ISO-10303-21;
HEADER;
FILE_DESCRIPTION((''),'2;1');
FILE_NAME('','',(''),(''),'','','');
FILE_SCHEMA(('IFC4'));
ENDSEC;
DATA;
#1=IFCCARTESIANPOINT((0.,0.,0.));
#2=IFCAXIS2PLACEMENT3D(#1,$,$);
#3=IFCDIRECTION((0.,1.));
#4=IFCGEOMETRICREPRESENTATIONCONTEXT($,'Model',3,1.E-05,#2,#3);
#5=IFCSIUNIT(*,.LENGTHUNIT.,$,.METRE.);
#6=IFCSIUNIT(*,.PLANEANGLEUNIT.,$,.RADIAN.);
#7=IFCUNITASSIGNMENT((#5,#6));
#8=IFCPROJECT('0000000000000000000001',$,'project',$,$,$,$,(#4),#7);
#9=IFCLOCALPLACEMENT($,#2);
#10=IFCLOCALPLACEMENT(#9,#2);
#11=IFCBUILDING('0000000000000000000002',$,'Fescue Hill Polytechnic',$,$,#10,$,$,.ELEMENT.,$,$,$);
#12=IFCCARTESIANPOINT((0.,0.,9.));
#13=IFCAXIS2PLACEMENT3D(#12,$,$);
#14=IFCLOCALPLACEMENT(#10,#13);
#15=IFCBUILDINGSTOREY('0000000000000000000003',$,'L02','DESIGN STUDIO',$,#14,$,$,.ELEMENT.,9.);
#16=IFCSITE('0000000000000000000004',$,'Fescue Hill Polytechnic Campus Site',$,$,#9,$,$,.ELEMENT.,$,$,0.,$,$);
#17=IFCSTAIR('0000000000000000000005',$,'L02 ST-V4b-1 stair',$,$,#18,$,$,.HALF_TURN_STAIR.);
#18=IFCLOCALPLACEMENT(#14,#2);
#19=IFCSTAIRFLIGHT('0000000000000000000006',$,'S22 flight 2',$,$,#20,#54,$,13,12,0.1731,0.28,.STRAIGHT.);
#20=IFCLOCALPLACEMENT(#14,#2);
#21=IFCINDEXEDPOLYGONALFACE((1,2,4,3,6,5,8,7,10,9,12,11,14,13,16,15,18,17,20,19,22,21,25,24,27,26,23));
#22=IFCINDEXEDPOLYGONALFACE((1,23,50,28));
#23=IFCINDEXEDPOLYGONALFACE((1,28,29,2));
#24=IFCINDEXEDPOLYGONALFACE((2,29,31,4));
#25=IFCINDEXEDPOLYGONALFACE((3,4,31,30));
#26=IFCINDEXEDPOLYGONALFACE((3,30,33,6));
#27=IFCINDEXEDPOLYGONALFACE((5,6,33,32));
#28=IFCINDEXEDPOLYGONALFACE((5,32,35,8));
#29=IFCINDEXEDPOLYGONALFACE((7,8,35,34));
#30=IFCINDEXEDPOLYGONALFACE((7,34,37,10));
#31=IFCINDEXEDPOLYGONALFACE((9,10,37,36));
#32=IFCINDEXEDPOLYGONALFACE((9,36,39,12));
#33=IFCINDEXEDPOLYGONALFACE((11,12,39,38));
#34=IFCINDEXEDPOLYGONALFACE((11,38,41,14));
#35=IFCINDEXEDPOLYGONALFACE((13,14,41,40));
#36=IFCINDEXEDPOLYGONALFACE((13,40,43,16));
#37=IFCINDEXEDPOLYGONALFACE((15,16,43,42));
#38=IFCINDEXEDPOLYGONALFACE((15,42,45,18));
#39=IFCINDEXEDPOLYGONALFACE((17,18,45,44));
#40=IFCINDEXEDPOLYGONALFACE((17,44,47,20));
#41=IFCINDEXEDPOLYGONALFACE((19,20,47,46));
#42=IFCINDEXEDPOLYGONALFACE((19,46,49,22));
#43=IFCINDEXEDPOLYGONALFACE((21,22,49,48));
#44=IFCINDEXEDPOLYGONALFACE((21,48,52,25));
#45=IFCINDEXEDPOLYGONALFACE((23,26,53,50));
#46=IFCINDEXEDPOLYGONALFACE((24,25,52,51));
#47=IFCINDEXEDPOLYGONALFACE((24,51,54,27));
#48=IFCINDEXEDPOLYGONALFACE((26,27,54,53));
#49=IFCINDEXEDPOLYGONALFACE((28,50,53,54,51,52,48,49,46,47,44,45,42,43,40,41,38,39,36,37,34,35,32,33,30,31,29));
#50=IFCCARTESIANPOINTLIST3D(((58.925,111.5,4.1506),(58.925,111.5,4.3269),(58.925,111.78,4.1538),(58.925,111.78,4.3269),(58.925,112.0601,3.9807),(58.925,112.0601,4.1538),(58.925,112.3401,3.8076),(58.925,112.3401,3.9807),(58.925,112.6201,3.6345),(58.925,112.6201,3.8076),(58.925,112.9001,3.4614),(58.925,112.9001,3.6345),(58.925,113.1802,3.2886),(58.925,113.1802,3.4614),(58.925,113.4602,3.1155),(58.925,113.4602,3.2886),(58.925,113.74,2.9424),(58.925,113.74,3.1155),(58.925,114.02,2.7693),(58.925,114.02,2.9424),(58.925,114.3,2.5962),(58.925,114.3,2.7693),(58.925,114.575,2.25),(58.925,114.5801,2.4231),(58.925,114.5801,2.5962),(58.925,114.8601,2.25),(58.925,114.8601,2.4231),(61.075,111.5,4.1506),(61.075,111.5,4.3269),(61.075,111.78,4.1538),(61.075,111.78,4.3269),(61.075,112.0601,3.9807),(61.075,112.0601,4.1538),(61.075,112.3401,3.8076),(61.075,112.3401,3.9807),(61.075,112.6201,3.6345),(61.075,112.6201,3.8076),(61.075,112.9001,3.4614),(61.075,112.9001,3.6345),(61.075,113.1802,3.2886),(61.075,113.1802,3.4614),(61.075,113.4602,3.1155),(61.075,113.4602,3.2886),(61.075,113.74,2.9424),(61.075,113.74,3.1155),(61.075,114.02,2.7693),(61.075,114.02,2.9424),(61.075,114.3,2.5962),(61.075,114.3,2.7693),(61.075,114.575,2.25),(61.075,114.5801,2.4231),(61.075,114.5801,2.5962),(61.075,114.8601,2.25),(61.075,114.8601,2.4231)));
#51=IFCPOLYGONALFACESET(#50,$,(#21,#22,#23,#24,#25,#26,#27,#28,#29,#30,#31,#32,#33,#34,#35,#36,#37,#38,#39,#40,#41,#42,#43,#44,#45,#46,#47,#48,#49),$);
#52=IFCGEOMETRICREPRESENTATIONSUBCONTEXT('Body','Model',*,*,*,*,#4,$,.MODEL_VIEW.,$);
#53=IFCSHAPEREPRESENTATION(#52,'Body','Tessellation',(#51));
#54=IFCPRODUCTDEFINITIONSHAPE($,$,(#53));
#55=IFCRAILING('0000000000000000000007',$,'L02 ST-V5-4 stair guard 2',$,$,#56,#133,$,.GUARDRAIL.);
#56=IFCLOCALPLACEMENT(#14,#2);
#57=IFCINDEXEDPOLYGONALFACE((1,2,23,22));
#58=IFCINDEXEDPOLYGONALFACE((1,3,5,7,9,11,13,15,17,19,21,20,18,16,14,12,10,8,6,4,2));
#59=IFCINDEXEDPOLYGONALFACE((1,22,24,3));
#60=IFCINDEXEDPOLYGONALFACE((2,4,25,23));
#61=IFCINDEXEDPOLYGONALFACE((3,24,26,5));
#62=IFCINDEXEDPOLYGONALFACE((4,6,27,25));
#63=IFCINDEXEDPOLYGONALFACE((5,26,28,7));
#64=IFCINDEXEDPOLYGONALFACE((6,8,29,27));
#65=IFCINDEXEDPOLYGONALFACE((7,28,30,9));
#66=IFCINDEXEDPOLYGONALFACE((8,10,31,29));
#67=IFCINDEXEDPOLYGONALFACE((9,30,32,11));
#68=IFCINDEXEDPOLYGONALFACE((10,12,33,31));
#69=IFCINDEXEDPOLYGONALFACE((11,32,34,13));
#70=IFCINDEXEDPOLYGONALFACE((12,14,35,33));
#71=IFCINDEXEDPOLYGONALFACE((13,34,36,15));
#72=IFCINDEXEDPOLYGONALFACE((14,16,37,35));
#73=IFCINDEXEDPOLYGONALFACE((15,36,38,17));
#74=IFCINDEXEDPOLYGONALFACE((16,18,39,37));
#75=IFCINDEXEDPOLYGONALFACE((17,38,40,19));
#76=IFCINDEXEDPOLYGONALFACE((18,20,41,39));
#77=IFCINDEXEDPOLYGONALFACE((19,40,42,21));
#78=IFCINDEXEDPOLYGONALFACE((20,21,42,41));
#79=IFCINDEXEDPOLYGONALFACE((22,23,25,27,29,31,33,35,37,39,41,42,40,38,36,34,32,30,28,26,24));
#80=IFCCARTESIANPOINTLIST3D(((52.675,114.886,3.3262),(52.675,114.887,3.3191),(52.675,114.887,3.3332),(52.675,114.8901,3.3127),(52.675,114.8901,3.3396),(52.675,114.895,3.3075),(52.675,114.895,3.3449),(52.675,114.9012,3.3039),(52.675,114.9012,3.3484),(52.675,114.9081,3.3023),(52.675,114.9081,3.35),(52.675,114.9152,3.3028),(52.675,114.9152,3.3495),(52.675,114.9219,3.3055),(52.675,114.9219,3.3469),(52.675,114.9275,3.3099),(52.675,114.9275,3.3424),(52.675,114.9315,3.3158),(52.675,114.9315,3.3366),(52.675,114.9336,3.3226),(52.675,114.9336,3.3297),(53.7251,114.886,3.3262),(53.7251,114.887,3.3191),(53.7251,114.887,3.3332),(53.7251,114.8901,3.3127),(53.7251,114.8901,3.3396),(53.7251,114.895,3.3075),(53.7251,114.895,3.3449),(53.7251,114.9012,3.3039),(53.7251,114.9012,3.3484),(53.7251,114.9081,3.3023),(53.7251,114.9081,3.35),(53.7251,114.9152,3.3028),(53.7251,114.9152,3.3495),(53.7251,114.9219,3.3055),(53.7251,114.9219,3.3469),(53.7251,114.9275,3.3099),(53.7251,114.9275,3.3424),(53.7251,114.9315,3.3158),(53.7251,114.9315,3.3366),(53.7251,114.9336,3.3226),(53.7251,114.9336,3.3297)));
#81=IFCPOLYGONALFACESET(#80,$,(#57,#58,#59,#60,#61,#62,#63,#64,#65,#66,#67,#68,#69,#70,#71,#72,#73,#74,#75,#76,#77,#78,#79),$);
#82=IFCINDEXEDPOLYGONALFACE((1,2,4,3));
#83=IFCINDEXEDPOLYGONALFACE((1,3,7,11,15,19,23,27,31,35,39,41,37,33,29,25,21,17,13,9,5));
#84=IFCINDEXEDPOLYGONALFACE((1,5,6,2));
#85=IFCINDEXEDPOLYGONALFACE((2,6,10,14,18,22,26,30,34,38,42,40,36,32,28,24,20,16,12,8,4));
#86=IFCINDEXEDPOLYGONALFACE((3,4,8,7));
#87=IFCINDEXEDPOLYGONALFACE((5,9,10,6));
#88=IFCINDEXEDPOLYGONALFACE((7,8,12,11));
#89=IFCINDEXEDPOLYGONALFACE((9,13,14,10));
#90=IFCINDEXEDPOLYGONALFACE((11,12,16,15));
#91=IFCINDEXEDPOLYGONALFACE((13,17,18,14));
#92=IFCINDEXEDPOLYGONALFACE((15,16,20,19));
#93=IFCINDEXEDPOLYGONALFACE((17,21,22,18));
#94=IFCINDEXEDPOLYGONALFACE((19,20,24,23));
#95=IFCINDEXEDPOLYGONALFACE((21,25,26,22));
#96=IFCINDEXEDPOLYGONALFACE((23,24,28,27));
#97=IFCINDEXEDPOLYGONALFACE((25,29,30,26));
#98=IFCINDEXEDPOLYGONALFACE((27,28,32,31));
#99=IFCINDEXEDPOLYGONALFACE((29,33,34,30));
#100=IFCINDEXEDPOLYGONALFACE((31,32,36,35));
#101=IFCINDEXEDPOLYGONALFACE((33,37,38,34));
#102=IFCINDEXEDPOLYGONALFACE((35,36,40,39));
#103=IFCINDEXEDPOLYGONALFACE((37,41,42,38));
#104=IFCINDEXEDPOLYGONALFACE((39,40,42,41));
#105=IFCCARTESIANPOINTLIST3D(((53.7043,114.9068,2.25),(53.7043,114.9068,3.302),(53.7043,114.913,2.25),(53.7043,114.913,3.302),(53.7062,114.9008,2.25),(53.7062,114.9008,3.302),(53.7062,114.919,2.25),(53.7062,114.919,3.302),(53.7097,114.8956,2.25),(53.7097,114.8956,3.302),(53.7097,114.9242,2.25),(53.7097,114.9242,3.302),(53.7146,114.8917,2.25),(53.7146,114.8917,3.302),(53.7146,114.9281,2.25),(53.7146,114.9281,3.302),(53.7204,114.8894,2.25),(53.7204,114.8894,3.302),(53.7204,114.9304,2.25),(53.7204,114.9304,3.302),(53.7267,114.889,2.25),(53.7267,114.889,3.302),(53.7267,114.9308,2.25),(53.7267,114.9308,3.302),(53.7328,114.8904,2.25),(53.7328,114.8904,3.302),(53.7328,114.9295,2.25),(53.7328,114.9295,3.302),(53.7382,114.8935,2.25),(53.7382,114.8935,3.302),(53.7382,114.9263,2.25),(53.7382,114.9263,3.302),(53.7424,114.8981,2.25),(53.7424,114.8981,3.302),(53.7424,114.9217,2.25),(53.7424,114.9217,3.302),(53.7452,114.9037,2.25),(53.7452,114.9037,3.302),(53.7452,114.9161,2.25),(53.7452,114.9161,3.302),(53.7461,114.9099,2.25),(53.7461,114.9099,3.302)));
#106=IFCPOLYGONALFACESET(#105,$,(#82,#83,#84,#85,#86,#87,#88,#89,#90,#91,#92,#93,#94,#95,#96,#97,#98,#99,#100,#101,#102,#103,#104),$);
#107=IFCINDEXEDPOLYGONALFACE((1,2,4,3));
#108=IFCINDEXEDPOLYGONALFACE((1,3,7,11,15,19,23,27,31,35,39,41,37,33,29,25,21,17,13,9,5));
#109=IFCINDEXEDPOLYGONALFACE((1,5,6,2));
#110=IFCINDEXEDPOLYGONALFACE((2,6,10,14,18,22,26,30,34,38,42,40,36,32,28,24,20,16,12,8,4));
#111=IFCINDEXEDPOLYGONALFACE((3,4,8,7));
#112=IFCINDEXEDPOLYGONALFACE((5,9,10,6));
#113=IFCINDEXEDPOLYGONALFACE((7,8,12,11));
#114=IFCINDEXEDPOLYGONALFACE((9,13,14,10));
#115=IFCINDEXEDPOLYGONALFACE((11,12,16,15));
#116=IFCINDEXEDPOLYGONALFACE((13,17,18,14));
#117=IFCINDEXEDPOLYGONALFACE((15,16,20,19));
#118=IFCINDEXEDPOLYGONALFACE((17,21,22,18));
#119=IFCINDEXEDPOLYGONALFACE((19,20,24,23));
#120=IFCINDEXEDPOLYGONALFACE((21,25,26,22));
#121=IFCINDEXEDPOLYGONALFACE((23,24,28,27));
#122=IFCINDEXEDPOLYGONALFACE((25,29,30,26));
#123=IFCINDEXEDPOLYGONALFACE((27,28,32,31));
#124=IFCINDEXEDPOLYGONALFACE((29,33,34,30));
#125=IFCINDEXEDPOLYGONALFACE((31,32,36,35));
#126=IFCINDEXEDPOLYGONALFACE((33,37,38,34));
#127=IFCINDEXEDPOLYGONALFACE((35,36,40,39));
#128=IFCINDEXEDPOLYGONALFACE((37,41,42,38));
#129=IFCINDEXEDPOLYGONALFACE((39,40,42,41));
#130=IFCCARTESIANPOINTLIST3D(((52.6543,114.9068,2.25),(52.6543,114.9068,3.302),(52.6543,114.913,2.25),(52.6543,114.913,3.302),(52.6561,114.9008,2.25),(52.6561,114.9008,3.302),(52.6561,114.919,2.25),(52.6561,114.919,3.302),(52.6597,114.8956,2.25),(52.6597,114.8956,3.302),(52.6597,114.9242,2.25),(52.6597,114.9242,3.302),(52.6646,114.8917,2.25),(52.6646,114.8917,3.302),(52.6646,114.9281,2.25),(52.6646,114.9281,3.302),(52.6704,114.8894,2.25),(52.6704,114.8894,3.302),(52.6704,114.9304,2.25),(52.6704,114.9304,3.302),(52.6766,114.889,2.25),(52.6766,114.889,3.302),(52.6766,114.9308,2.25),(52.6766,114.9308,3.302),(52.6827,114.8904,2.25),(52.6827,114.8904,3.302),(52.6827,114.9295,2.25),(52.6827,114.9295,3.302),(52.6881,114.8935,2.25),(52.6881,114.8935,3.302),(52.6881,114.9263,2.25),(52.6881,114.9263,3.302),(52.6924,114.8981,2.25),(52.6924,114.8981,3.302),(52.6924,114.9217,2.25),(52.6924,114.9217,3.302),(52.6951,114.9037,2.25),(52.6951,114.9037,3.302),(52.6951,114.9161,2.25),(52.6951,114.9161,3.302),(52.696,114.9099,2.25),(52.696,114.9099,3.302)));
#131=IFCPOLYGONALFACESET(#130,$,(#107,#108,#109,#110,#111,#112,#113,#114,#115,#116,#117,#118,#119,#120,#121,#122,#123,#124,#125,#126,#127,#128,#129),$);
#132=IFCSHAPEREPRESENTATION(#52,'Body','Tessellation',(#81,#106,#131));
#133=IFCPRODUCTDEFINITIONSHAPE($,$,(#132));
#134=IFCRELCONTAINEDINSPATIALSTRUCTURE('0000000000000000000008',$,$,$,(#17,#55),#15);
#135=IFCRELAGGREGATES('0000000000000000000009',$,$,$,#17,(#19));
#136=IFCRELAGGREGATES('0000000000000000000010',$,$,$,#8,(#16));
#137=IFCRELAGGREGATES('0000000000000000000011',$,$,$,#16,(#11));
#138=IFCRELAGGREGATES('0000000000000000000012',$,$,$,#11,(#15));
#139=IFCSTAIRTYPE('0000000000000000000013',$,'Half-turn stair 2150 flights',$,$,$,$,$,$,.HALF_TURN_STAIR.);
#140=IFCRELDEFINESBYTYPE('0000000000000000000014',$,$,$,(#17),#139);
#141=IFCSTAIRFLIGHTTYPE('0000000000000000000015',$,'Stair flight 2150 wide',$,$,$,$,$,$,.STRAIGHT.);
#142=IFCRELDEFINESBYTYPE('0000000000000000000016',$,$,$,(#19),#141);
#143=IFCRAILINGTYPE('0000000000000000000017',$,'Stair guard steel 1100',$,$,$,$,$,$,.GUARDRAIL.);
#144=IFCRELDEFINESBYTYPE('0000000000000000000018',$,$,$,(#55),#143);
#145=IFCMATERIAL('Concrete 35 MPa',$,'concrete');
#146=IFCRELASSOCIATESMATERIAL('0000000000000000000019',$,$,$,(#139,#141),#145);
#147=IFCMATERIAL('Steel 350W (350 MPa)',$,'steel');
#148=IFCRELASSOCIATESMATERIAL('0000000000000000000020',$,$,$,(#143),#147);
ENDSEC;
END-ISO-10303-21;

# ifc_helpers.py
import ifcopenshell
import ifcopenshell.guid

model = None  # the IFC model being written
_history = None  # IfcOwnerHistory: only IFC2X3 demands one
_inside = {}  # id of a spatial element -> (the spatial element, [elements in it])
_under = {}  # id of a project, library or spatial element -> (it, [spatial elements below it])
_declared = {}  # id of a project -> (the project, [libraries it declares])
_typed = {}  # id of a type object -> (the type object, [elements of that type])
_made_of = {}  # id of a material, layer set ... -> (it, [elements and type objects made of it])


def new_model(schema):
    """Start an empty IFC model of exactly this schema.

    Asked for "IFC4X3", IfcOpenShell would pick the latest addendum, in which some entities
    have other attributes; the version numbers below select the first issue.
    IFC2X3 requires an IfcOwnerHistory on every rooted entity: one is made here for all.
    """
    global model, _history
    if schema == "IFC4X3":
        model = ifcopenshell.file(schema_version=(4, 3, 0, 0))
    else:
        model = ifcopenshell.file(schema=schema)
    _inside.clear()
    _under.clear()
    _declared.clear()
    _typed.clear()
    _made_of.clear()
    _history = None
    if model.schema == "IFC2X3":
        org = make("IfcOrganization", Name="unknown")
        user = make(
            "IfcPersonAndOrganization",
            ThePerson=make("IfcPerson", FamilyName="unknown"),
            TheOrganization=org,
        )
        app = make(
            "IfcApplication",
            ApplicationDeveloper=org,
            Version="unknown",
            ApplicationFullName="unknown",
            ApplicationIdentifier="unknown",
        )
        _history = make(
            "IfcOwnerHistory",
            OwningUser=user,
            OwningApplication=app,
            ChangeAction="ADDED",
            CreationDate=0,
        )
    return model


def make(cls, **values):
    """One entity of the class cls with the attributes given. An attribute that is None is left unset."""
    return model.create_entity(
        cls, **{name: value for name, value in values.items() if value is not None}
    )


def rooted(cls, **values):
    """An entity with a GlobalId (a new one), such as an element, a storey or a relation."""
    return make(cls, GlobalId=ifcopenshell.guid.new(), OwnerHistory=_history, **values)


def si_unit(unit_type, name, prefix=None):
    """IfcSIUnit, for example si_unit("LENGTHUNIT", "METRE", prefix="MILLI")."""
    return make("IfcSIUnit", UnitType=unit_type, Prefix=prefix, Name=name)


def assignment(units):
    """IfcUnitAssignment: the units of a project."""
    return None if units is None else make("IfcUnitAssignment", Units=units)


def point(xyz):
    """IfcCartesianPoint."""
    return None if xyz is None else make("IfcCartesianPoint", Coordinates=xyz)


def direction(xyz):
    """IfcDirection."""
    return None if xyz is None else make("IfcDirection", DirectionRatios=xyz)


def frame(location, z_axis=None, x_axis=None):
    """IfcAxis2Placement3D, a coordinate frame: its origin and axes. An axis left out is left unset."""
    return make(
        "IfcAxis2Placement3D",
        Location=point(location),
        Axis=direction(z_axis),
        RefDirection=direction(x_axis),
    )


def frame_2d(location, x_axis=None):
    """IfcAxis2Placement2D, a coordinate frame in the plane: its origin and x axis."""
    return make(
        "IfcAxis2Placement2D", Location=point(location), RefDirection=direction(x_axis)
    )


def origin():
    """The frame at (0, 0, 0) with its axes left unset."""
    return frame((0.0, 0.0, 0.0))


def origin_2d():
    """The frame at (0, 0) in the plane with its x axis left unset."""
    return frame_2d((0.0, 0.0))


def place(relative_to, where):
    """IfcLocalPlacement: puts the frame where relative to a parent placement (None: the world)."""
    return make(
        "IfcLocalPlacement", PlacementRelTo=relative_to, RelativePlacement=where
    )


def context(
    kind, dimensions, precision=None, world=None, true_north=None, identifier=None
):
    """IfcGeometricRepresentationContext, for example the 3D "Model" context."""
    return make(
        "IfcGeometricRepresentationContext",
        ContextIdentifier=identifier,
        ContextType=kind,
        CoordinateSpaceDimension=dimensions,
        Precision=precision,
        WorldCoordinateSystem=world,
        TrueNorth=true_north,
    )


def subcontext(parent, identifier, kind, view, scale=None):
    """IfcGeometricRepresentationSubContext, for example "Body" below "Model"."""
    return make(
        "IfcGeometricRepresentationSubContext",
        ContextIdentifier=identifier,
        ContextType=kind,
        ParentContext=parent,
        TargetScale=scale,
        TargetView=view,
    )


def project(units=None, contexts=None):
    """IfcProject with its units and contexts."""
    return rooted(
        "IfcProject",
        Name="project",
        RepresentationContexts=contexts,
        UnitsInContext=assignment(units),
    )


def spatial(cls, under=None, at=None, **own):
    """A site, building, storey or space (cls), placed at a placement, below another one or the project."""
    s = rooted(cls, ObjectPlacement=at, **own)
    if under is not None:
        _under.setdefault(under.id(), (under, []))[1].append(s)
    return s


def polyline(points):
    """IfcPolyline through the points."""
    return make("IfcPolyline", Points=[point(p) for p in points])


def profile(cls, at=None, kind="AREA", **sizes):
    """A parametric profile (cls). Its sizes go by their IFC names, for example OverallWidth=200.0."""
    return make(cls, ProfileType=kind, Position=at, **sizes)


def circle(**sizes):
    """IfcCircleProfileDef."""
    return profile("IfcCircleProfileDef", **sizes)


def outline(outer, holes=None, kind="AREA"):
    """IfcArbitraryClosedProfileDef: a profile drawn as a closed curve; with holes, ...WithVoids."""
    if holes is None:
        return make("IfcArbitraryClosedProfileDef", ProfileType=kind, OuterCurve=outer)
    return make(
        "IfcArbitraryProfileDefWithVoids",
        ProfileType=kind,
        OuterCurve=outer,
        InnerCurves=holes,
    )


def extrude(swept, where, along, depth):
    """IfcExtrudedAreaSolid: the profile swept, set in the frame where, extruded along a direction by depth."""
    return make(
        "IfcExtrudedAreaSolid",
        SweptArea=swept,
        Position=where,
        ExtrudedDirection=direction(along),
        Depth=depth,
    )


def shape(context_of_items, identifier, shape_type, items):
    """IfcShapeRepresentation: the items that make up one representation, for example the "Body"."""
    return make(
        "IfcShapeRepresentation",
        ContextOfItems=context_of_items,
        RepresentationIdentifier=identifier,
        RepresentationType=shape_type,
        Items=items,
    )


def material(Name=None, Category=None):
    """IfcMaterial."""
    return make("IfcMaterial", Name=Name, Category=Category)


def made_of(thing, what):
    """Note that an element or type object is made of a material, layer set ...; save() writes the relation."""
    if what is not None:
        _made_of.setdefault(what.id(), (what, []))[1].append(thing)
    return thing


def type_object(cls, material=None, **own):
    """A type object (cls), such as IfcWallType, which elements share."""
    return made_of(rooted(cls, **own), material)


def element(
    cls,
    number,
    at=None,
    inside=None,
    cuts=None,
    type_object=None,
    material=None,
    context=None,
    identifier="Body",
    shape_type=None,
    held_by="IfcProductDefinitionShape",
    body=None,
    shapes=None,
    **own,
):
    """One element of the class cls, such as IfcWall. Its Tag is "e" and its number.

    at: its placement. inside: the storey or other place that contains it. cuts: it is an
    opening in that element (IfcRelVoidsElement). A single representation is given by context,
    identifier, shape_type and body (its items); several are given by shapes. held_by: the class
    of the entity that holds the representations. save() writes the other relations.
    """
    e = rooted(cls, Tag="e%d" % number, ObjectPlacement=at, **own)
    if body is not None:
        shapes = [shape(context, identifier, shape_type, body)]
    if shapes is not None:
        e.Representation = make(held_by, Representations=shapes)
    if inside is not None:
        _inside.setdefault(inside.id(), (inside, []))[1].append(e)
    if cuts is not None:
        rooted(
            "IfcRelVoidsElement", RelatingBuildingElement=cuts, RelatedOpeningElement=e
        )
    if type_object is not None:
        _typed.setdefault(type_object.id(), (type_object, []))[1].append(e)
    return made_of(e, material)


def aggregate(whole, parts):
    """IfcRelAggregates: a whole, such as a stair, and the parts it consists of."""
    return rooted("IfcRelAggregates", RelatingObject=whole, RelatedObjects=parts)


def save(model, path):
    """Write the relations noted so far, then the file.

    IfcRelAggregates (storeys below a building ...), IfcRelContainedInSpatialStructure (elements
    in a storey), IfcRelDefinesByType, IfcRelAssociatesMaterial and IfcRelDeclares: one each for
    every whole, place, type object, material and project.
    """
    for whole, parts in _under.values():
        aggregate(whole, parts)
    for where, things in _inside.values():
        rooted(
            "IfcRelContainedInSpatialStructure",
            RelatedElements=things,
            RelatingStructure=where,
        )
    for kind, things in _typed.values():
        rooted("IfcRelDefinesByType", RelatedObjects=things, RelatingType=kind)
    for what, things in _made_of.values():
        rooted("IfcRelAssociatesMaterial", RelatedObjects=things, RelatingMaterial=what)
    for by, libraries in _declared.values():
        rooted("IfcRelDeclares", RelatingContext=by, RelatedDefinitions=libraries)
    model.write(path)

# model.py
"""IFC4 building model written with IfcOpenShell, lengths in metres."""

from ifc_helpers import new_model, si_unit, direction, frame, origin, origin_2d, place, context, subcontext, project, spatial, polyline, circle, outline, extrude, material, type_object, element, aggregate, save


model = new_model("IFC4")

# Units and contexts
model_context = context("Model", 3, precision=1e-05, world=origin(), true_north=direction((0.0, 1.0)))
body_context = subcontext(model_context, "Body", "Model", "MODEL_VIEW")
ifc_project = project(units=[si_unit("LENGTHUNIT", "METRE"), si_unit("PLANEANGLEUNIT", "RADIAN")], contexts=[model_context])

# Site, building, storey
site_placement = place(None, origin())
site = spatial("IfcSite", under=ifc_project, at=site_placement, Name="Fescue Hill Polytechnic Campus Site", CompositionType="ELEMENT", RefElevation=0.0)
building_placement = place(site_placement, origin())
building = spatial("IfcBuilding", under=site, at=building_placement, Name="Fescue Hill Polytechnic", CompositionType="ELEMENT")
storey_placement = place(building_placement, frame((0.0, 0.0, 9.0)))
storey = spatial("IfcBuildingStorey", under=building, at=storey_placement, Name="L02", Description="DESIGN STUDIO", CompositionType="ELEMENT", Elevation=9.0)

# Shared definitions
ifc_material_1 = material(Name="Concrete 35 MPa", Category="concrete")

# Stair, stair flight
stair_type = type_object("IfcStairType", Name="Half-turn stair 2150 flights", PredefinedType="HALF_TURN_STAIR", material=ifc_material_1)
stair_placement = place(storey_placement, origin())
stair = element("IfcStair", 1, at=stair_placement, inside=storey, type_object=stair_type, Name="L02 ST-V4b-1 stair", PredefinedType="HALF_TURN_STAIR")
stair_flight_type = type_object("IfcStairFlightType", Name="Stair flight 2150 wide", PredefinedType="STRAIGHT", material=ifc_material_1)
stair_flight_placement = place(storey_placement, frame((60.0, 114.8601, 2.25), z_axis=(0.0, 0.0, 1.0), x_axis=(0.0, -1.0, 0.0)))
stair_flight = element("IfcStairFlight", 2, at=stair_flight_placement, type_object=stair_flight_type, Name="S22 flight 2", NumberOfRisers=13, NumberOfTreads=12, PredefinedType="STRAIGHT", RiserHeight=0.1731, TreadLength=0.28, context=body_context, shape_type="SweptSolid", body=[
    extrude(outline(polyline([(0.0, 0.0), (0.0, 0.1731), (0.28, 0.1731), (0.28, 0.3462), (0.5601, 0.3462), (0.5601, 0.5193), (0.8401, 0.5193), (0.8401, 0.6924), (1.1201, 0.6924), (1.1201, 0.8655), (1.3999, 0.8655), (1.3999, 1.0386), (1.6799, 1.0386), (1.6799, 1.2114), (1.96, 1.2114), (1.96, 1.3845), (2.24, 1.3845), (2.24, 1.5576), (2.52, 1.5576), (2.52, 1.7307), (2.8, 1.7307), (2.8, 1.9038), (3.0801, 1.9038), (3.0801, 2.0769), (3.3601, 2.0769), (3.3601, 2.25), (3.3601, 1.9006), (0.2852, 0.0), (0.0, 0.0)])), frame((0.0, 1.075, 0.0), z_axis=(0.0, -1.0, 0.0), x_axis=(1.0, 0.0, 0.0)), (0.0, 0.0, 1.0), 2.1499),
])
aggregate(stair, [stair_flight])

# Railing
ifc_material_2 = material(Name="Steel 350W (350 MPa)", Category="steel")
railing_type_1 = type_object("IfcRailingType", Name="Stair guard steel 1100", PredefinedType="GUARDRAIL", material=ifc_material_2)
railing_1_placement = place(storey_placement, frame((53.7251, 114.9099, 2.25)))
element("IfcRailing", 3, at=railing_1_placement, inside=storey, type_object=railing_type_1, Name="L02 ST-V5-4 stair guard 2", PredefinedType="GUARDRAIL", context=body_context, shape_type="SweptSolid", body=[
    extrude(circle(Radius=0.0239, at=origin_2d()), frame((0.0, 0.0, 1.0762), z_axis=(-1.0, 0.0, 0.0), x_axis=(0.0, -1.0, 0.0)), (0.0, 0.0, 1.0), 1.05),
    extrude(circle(Radius=0.021, at=origin_2d()), origin(), (0.0, 0.0, 1.0), 1.052),
    extrude(circle(Radius=0.021, at=origin_2d()), frame((-1.05, 0.0, 0.0)), (0.0, 0.0, 1.0), 1.052),
])

save(model, "model.ifc")
